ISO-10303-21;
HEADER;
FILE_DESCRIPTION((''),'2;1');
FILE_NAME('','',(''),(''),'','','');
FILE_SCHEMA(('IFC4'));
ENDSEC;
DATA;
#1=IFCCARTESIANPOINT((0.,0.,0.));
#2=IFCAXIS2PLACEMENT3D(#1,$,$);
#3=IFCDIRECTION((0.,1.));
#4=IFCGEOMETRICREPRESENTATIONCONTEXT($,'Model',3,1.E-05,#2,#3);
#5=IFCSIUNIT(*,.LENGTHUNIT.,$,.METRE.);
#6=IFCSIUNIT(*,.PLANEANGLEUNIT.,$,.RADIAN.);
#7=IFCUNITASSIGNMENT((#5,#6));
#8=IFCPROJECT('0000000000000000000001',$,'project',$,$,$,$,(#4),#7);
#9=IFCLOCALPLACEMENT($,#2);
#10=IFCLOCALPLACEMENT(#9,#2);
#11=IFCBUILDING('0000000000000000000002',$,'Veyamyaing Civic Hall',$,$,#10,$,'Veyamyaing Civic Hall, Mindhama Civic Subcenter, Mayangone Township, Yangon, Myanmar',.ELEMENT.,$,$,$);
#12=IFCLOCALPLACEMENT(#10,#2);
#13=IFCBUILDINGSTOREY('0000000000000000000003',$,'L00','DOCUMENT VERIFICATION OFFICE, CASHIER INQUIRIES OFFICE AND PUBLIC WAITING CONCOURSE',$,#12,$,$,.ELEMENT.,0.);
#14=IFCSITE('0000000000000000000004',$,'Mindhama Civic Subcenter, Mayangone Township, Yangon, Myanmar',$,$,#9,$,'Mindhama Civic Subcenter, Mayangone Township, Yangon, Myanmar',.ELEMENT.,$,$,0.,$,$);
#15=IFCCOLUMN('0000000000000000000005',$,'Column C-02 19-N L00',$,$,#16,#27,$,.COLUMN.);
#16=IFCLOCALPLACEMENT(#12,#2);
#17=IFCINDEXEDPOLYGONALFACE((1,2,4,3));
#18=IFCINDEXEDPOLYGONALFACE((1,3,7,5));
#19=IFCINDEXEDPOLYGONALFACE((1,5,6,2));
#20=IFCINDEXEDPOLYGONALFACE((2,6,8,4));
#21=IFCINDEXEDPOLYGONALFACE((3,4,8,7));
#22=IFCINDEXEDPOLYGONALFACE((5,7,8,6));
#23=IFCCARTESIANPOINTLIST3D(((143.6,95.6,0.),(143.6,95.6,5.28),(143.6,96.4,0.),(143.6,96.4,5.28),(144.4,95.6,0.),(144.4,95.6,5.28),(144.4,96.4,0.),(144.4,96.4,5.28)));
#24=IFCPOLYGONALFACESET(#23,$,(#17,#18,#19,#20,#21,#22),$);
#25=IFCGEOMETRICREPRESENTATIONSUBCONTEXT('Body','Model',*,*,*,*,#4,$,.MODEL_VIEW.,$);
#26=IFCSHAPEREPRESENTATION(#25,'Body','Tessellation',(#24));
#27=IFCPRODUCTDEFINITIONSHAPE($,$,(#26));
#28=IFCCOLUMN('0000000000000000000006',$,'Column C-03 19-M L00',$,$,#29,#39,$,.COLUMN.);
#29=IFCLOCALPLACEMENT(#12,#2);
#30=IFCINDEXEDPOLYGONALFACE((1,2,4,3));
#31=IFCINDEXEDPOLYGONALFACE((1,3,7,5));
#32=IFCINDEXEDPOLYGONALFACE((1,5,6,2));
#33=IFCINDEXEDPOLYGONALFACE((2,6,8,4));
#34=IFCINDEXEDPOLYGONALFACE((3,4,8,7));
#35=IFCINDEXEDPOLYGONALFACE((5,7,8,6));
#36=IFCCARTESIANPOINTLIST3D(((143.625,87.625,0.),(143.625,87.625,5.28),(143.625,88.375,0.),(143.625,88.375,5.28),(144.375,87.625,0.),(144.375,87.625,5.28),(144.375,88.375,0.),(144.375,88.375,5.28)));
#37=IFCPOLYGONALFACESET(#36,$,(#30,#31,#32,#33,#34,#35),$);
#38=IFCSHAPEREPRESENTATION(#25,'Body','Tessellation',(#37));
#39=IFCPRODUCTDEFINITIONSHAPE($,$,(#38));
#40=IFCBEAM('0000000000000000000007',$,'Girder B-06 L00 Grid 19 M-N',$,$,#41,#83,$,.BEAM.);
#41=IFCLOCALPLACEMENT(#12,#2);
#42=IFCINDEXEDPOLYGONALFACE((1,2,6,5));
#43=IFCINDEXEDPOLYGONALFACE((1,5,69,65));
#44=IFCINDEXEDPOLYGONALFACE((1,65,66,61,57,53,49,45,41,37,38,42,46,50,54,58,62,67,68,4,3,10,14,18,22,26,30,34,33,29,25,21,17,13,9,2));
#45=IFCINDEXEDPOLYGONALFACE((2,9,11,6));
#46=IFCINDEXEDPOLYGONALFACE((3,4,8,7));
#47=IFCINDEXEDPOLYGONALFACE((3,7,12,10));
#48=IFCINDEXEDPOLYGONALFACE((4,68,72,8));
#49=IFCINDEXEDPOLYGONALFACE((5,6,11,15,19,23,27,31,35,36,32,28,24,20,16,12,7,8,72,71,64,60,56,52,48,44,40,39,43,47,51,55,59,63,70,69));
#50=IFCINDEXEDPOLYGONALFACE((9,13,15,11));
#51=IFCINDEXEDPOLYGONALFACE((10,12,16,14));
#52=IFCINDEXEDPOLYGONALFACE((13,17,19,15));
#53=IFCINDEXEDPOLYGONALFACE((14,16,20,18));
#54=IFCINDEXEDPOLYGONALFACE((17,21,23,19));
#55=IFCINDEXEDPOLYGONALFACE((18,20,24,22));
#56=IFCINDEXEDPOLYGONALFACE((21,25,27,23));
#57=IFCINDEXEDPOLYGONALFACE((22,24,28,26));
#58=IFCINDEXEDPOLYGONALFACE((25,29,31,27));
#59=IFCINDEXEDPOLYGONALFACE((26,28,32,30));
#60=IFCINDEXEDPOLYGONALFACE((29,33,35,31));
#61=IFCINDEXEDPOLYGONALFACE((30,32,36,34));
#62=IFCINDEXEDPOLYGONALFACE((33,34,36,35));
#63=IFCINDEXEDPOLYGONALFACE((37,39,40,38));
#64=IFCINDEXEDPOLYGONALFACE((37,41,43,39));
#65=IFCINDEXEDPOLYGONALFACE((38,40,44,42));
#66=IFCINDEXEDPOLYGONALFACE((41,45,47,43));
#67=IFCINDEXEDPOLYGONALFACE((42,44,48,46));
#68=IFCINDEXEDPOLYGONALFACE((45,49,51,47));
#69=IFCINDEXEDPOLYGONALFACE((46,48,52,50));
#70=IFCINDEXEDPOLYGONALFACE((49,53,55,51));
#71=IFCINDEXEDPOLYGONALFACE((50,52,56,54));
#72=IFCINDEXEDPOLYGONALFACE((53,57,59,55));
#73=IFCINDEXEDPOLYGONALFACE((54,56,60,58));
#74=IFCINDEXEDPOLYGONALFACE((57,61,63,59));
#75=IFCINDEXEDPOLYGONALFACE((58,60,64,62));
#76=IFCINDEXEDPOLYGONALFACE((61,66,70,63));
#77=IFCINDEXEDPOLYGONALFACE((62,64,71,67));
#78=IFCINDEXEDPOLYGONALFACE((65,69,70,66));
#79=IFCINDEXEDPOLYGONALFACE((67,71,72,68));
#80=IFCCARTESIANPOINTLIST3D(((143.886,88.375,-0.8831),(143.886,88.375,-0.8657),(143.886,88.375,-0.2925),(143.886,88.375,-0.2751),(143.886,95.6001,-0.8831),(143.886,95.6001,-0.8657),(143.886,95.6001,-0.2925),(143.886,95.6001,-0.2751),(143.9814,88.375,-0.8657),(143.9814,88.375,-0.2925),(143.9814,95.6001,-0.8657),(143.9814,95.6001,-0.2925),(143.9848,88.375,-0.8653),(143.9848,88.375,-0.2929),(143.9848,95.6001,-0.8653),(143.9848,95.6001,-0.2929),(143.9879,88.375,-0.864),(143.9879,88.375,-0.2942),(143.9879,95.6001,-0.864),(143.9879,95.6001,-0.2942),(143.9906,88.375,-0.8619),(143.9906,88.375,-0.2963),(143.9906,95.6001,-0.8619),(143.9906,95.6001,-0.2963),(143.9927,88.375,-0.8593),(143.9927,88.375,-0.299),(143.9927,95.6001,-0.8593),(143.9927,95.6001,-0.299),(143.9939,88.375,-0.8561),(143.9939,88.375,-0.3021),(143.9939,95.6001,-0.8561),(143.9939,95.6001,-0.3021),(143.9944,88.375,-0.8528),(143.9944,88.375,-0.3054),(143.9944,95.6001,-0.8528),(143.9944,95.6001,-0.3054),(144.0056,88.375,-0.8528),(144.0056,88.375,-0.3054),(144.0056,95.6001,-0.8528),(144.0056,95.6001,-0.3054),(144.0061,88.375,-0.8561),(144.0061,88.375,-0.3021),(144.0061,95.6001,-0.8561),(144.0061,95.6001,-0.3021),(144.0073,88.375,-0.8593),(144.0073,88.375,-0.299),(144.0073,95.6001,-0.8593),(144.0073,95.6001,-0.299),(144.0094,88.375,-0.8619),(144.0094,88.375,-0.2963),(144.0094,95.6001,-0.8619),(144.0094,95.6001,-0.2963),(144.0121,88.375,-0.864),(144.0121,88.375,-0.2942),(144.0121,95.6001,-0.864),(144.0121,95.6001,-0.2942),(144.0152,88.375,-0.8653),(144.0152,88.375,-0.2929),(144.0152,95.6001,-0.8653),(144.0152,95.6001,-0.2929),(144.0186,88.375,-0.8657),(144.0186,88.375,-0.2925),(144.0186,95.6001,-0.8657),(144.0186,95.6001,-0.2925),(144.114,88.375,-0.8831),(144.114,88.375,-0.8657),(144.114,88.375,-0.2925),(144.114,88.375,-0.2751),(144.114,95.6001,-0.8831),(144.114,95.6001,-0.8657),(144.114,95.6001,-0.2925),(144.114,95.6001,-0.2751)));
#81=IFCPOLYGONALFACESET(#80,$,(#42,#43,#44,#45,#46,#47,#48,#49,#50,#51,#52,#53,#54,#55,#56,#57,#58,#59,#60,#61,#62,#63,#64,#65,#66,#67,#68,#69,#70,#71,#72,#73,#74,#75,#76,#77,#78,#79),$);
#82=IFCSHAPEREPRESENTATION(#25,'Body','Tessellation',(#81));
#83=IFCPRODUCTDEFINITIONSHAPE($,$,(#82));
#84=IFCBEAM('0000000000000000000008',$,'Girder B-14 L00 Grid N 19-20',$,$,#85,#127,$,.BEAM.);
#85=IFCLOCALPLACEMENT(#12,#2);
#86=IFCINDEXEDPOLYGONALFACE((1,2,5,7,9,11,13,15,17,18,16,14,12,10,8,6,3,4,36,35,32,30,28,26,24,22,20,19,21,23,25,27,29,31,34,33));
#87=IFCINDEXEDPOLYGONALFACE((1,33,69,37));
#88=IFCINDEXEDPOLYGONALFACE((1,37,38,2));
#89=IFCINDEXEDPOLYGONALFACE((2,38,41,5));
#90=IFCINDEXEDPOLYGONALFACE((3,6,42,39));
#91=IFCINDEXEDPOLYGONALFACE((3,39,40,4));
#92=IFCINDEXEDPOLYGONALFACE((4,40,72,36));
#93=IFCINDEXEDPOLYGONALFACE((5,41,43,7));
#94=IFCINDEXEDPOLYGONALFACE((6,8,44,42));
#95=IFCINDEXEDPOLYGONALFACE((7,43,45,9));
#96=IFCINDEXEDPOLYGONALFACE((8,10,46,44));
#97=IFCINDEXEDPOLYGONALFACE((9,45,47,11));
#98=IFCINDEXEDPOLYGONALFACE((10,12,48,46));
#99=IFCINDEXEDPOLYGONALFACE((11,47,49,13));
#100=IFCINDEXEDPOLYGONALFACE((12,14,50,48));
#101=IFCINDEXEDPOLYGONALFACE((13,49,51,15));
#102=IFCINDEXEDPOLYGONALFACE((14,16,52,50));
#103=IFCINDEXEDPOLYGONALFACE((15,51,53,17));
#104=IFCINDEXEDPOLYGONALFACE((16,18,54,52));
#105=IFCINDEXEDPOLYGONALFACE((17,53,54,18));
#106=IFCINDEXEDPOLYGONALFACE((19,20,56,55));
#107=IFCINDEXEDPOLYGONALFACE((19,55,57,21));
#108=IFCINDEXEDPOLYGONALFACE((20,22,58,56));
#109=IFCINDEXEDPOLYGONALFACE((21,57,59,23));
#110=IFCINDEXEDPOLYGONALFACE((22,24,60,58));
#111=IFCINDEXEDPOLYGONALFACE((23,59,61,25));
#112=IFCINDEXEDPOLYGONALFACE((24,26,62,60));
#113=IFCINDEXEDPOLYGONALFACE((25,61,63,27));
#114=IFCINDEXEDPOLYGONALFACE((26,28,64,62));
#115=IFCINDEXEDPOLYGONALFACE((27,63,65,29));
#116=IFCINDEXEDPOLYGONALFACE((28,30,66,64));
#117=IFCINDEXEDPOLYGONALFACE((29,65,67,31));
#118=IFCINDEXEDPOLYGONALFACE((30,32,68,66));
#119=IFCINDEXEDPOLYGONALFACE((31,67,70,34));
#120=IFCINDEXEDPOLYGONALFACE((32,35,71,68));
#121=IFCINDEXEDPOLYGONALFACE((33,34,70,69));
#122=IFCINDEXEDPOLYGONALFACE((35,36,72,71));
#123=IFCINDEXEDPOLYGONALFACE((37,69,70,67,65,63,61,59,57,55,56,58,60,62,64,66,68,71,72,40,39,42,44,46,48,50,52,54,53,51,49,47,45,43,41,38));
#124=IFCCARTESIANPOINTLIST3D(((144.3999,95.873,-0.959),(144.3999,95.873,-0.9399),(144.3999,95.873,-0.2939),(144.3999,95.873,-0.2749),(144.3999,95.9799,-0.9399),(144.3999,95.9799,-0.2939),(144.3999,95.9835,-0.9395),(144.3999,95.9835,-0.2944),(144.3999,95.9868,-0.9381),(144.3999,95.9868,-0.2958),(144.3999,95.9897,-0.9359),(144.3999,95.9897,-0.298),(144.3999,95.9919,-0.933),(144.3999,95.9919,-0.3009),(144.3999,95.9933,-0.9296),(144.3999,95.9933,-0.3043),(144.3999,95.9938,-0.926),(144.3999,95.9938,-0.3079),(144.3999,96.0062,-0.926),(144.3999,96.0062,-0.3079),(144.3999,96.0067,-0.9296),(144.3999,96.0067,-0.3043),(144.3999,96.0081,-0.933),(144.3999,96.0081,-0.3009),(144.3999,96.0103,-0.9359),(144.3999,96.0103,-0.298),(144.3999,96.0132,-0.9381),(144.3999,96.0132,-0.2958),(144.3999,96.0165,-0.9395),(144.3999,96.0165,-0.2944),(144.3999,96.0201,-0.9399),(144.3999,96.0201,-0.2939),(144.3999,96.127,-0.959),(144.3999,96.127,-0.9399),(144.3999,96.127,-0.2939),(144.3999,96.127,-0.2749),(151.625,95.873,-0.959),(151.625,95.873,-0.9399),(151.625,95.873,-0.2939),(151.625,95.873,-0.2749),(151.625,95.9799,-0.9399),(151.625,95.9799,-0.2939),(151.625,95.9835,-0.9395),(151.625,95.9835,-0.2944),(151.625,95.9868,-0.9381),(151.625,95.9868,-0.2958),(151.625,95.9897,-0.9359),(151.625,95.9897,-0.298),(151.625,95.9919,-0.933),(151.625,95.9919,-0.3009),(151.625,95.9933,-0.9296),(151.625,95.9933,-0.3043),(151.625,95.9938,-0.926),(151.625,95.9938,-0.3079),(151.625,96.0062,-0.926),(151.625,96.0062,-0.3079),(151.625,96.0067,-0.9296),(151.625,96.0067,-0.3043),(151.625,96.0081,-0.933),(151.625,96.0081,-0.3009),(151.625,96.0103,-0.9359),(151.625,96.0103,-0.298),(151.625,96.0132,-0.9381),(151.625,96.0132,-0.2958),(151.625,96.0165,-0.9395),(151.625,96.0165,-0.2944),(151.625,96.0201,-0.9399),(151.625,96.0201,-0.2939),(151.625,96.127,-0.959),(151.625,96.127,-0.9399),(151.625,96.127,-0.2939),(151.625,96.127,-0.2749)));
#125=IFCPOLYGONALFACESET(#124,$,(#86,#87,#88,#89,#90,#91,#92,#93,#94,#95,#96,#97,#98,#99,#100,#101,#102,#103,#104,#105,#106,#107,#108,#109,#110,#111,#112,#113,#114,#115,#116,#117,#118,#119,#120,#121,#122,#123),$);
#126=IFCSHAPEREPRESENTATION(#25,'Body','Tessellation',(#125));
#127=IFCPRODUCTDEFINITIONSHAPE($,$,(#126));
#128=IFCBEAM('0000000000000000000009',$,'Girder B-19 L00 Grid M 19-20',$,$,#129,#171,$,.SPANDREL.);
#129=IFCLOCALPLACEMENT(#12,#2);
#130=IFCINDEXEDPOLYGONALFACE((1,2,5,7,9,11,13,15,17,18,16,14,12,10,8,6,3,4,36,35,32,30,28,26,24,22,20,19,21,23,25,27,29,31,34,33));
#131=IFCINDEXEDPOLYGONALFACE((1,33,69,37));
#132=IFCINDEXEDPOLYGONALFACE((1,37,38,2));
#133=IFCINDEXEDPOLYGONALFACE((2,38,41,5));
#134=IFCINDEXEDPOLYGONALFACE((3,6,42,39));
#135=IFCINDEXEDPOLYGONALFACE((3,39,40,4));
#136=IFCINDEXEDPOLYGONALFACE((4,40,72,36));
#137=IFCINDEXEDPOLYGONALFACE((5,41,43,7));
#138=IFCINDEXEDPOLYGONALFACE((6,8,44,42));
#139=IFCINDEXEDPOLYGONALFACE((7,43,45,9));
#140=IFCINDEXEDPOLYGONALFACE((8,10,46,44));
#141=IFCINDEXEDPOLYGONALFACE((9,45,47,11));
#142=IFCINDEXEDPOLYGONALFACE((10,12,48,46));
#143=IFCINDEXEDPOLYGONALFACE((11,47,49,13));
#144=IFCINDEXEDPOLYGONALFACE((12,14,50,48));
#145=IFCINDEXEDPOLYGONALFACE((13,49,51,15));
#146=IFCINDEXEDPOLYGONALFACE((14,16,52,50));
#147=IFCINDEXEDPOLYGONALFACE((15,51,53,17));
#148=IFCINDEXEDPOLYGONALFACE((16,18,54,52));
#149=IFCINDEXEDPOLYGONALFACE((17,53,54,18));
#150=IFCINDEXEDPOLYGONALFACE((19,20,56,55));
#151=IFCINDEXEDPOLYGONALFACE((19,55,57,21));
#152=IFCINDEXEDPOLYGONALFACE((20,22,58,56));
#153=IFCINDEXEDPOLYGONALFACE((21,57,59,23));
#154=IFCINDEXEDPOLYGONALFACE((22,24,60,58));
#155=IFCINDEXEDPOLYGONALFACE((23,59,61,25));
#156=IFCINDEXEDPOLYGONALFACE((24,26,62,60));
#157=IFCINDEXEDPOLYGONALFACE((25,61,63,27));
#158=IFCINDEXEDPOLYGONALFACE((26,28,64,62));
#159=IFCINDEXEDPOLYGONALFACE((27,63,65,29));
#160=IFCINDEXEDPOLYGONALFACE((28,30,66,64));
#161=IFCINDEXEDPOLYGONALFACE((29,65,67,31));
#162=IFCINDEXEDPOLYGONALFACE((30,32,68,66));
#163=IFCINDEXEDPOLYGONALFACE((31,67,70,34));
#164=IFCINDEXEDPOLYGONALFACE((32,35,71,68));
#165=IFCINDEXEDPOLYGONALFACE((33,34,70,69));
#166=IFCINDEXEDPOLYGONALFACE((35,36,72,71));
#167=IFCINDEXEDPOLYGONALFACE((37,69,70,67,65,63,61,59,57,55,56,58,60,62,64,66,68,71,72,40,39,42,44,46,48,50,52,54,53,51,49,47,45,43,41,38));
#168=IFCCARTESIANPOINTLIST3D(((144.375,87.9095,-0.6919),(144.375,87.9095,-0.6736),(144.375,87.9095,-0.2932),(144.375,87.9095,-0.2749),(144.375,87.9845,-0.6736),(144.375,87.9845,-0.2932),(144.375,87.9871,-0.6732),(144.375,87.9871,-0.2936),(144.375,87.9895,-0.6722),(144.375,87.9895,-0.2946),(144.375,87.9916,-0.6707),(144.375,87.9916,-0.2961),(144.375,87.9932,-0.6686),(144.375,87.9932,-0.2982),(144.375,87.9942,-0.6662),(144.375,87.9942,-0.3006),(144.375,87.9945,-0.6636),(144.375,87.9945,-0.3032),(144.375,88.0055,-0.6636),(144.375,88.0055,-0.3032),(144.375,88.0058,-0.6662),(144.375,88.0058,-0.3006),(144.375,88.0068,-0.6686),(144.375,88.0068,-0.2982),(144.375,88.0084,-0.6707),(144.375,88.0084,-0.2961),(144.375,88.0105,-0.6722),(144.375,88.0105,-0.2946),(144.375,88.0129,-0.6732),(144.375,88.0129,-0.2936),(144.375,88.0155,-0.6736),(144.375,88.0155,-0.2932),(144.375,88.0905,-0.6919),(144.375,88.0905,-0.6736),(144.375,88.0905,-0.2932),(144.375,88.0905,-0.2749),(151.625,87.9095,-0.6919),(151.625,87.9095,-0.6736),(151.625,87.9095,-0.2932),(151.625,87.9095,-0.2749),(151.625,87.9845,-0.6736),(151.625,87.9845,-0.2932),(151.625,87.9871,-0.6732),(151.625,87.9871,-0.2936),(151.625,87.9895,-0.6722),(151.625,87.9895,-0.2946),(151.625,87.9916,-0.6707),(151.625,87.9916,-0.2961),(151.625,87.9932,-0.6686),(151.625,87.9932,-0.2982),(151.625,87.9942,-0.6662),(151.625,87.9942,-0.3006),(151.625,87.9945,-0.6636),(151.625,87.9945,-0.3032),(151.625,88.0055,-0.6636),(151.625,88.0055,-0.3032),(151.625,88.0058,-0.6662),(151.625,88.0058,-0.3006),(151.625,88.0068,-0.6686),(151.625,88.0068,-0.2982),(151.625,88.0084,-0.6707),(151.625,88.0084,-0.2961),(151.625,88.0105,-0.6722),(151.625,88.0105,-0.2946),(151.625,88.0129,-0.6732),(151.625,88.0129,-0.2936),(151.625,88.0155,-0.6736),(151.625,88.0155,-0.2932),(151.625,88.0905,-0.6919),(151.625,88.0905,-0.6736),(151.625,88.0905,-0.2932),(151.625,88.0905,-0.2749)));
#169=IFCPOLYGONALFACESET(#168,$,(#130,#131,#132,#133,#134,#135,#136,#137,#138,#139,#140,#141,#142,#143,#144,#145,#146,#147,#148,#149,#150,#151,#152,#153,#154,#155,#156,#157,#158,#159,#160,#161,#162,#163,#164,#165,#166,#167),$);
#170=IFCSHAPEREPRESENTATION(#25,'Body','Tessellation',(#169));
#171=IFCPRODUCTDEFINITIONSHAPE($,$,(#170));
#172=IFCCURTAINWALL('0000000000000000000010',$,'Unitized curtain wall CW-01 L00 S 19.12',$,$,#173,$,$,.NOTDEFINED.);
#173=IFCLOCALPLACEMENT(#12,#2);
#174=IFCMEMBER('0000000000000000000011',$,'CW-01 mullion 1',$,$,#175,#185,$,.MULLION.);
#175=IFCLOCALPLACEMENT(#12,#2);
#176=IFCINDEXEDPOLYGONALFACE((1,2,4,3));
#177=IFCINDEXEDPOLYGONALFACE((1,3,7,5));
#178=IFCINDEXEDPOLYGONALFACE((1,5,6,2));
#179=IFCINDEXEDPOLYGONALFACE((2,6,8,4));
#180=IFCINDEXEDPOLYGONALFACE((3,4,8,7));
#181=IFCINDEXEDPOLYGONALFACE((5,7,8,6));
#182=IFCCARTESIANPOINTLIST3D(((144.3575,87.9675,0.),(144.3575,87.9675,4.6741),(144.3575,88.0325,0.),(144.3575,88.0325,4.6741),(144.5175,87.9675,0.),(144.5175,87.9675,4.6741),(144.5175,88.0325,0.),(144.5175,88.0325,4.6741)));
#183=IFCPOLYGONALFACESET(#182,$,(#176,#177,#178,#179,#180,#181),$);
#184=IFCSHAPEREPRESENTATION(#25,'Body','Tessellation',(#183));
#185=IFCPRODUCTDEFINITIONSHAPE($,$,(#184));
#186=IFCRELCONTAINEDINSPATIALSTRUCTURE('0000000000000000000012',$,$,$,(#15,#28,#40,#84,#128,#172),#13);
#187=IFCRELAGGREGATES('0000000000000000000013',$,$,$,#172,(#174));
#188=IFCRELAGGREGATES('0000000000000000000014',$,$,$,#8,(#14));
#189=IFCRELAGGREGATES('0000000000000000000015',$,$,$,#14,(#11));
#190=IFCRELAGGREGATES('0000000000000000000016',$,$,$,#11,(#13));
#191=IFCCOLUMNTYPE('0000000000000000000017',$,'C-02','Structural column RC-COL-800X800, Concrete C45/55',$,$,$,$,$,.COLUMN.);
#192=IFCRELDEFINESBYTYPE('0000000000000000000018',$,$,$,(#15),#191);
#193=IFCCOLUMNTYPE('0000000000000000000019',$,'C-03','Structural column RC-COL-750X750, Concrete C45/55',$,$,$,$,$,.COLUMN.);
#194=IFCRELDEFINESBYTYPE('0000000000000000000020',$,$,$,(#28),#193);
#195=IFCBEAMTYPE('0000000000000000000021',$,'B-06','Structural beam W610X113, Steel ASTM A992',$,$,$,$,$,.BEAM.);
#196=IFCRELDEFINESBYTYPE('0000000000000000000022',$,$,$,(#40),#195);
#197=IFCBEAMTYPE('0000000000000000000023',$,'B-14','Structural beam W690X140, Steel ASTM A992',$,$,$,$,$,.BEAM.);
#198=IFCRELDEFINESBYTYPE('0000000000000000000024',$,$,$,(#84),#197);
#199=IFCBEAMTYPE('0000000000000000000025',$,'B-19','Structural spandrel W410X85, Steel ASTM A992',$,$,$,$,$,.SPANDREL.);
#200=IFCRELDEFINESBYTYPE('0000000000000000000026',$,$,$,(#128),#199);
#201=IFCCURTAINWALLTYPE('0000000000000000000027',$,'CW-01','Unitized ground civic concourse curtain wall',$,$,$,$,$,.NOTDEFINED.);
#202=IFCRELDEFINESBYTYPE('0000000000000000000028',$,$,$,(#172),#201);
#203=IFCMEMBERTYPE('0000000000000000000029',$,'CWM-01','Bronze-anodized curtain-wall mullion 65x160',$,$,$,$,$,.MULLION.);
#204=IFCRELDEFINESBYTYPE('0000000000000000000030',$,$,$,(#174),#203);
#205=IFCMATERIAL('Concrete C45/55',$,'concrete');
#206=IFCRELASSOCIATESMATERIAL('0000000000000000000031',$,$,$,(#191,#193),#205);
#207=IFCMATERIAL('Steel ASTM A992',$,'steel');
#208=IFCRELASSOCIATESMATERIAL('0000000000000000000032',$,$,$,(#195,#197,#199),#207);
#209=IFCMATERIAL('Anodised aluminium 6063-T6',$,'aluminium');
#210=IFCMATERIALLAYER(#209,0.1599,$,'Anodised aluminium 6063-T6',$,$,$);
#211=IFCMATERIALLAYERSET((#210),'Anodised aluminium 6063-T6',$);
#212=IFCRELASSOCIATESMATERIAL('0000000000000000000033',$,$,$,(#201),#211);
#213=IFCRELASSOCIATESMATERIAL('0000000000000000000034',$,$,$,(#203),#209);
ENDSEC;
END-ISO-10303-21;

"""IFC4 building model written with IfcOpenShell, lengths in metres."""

from ifc_helpers import new_model, si_unit, direction, frame, origin, origin_2d, place, context, subcontext, project, spatial, rectangle, i_section, extrude, material, layer, layer_set, material_profile, profile_set, type_object, element, aggregate, save


model = new_model("IFC4")

# Units and contexts
model_context = context("Model", 3, precision=1e-05, world=origin(), true_north=direction((0.0, 1.0)))
body_context = subcontext(model_context, "Body", "Model", "MODEL_VIEW")
ifc_project = project(units=[si_unit("LENGTHUNIT", "METRE"), si_unit("PLANEANGLEUNIT", "RADIAN")], contexts=[model_context])

# Site, building, storey
site_placement = place(None, origin())
site = spatial("IfcSite", under=ifc_project, at=site_placement, Name="Mindhama Civic Subcenter, Mayangone Township, Yangon, Myanmar", LongName="Mindhama Civic Subcenter, Mayangone Township, Yangon, Myanmar", CompositionType="ELEMENT", RefElevation=0.0)
building_placement = place(site_placement, origin())
building = spatial("IfcBuilding", under=site, at=building_placement, Name="Veyamyaing Civic Hall", LongName="Veyamyaing Civic Hall, Mindhama Civic Subcenter, Mayangone Township, Yangon, Myanmar", CompositionType="ELEMENT")
storey_placement = place(building_placement, origin())
storey = spatial("IfcBuildingStorey", under=building, at=storey_placement, Name="L00", Description="DOCUMENT VERIFICATION OFFICE, CASHIER INQUIRIES OFFICE AND PUBLIC WAITING CONCOURSE", CompositionType="ELEMENT", Elevation=0.0)

# Columns
ifc_material_1 = material(Name="Concrete C45/55", Category="concrete")
ifc_material_profile_1 = material_profile(ifc_material_1, rectangle(XDim=0.8, YDim=0.8, at=origin_2d()), Name="RC-COL-800X800")
ifc_profile_set_1 = profile_set([ifc_material_profile_1], Name="Concrete C45/55")
column_type_1 = type_object("IfcColumnType", Name="C-02", Description="Structural column RC-COL-800X800, Concrete C45/55", PredefinedType="COLUMN", material=ifc_profile_set_1)
column_1_placement = place(storey_placement, frame((144.0, 96.0, 0.0), z_axis=(0.0, 0.0, 1.0), x_axis=(1.0, 0.0, 0.0)))
element("IfcColumn", 1, at=column_1_placement, inside=storey, type_object=column_type_1, Name="Column C-02 19-N L00", PredefinedType="COLUMN", context=body_context, shape_type="SweptSolid", body=[
    extrude(rectangle(XDim=0.8, YDim=0.8, at=origin_2d()), origin(), (0.0, 0.0, 1.0), 5.28),
])
ifc_material_profile_2 = material_profile(ifc_material_1, rectangle(XDim=0.75, YDim=0.75, at=origin_2d()), Name="RC-COL-750X750")
ifc_profile_set_2 = profile_set([ifc_material_profile_2], Name="Concrete C45/55")
column_type_2 = type_object("IfcColumnType", Name="C-03", Description="Structural column RC-COL-750X750, Concrete C45/55", PredefinedType="COLUMN", material=ifc_profile_set_2)
column_2_placement = place(storey_placement, frame((144.0, 88.0, 0.0), z_axis=(0.0, 0.0, 1.0), x_axis=(1.0, 0.0, 0.0)))
element("IfcColumn", 2, at=column_2_placement, inside=storey, type_object=column_type_2, Name="Column C-03 19-M L00", PredefinedType="COLUMN", context=body_context, shape_type="SweptSolid", body=[
    extrude(rectangle(XDim=0.75, YDim=0.75, at=origin_2d()), origin(), (0.0, 0.0, 1.0), 5.28),
])

# Beams
ifc_material_2 = material(Name="Steel ASTM A992", Category="steel")
ifc_material_profile_3 = material_profile(ifc_material_2, i_section(OverallWidth=0.228, OverallDepth=0.6079, WebThickness=0.0112, FlangeThickness=0.0173, FilletRadius=0.0129, at=origin_2d()), Name="W610X113")
ifc_profile_set_3 = profile_set([ifc_material_profile_3], Name="Steel ASTM A992")
beam_type_1 = type_object("IfcBeamType", Name="B-06", Description="Structural beam W610X113, Steel ASTM A992", PredefinedType="BEAM", material=ifc_profile_set_3)
beam_1_placement = place(storey_placement, frame((144.0, 88.375, -0.5791), z_axis=(0.0, 1.0, 0.0), x_axis=(-1.0, 0.0, 0.0)))
element("IfcBeam", 3, at=beam_1_placement, inside=storey, type_object=beam_type_1, Name="Girder B-06 L00 Grid 19 M-N", PredefinedType="BEAM", context=body_context, shape_type="SweptSolid", body=[
    extrude(i_section(OverallWidth=0.228, OverallDepth=0.6079, WebThickness=0.0112, FlangeThickness=0.0173, FilletRadius=0.0129, at=origin_2d()), origin(), (0.0, 0.0, 1.0), 7.2251),
])
ifc_material_profile_4 = material_profile(ifc_material_2, i_section(OverallWidth=0.2539, OverallDepth=0.6841, WebThickness=0.0125, FlangeThickness=0.019, FilletRadius=0.0139, at=origin_2d()), Name="W690X140")
ifc_profile_set_4 = profile_set([ifc_material_profile_4], Name="Steel ASTM A992")
beam_type_2 = type_object("IfcBeamType", Name="B-14", Description="Structural beam W690X140, Steel ASTM A992", PredefinedType="BEAM", material=ifc_profile_set_4)
beam_2_placement = place(storey_placement, frame((144.3999, 96.0, -0.6169), z_axis=(1.0, 0.0, 0.0), x_axis=(0.0, 1.0, 0.0)))
element("IfcBeam", 4, at=beam_2_placement, inside=storey, type_object=beam_type_2, Name="Girder B-14 L00 Grid N 19-20", PredefinedType="BEAM", context=body_context, shape_type="SweptSolid", body=[
    extrude(i_section(OverallWidth=0.2539, OverallDepth=0.6841, WebThickness=0.0125, FlangeThickness=0.019, FilletRadius=0.0139, at=origin_2d()), origin(), (0.0, 0.0, 1.0), 7.2251),
])
ifc_material_profile_5 = material_profile(ifc_material_2, i_section(OverallWidth=0.1809, OverallDepth=0.417, WebThickness=0.011, FlangeThickness=0.0183, FilletRadius=0.01, at=origin_2d()), Name="W410X85")
ifc_profile_set_5 = profile_set([ifc_material_profile_5], Name="Steel ASTM A992")
beam_type_3 = type_object("IfcBeamType", Name="B-19", Description="Structural spandrel W410X85, Steel ASTM A992", PredefinedType="SPANDREL", material=ifc_profile_set_5)
beam_3_placement = place(storey_placement, frame((144.375, 88.0, -0.4834), z_axis=(1.0, 0.0, 0.0), x_axis=(0.0, 1.0, 0.0)))
element("IfcBeam", 5, at=beam_3_placement, inside=storey, type_object=beam_type_3, Name="Girder B-19 L00 Grid M 19-20", PredefinedType="SPANDREL", context=body_context, shape_type="SweptSolid", body=[
    extrude(i_section(OverallWidth=0.1809, OverallDepth=0.417, WebThickness=0.011, FlangeThickness=0.0183, FilletRadius=0.01, at=origin_2d()), origin(), (0.0, 0.0, 1.0), 7.25),
])

# Curtain wall, member
ifc_material_3 = material(Name="Anodised aluminium 6063-T6", Category="aluminium")
ifc_layer_1 = layer(ifc_material_3, 0.1599, Name="Anodised aluminium 6063-T6")
ifc_layer_set_1 = layer_set([ifc_layer_1], Name="Anodised aluminium 6063-T6")
curtain_wall_type = type_object("IfcCurtainWallType", Name="CW-01", Description="Unitized ground civic concourse curtain wall", PredefinedType="NOTDEFINED", material=ifc_layer_set_1)
curtain_wall_placement = place(storey_placement, origin())
curtain_wall = element("IfcCurtainWall", 6, at=curtain_wall_placement, inside=storey, type_object=curtain_wall_type, Name="Unitized curtain wall CW-01 L00 S 19.12", PredefinedType="NOTDEFINED")
ifc_material_profile_6 = material_profile(ifc_material_3, rectangle(XDim=0.0649, YDim=0.1599, at=origin_2d()), Name="ALU-MUL-65X160")
ifc_profile_set_6 = profile_set([ifc_material_profile_6], Name="Anodised aluminium 6063-T6")
member_type_1 = type_object("IfcMemberType", Name="CWM-01", Description="Bronze-anodized curtain-wall mullion 65x160", PredefinedType="MULLION", material=ifc_profile_set_6)
member_1_placement = place(storey_placement, frame((144.4375, 88.0, 0.0), z_axis=(0.0, 0.0, 1.0), x_axis=(0.0, 1.0, 0.0)))
member_1 = element("IfcMember", 7, at=member_1_placement, type_object=member_type_1, Name="CW-01 mullion 1", PredefinedType="MULLION", context=body_context, shape_type="SweptSolid", body=[
    extrude(rectangle(XDim=0.0649, YDim=0.1599, at=origin_2d()), origin(), (0.0, 0.0, 1.0), 4.6741),
])

aggregate(curtain_wall, [member_1])

save(model, "model.ifc")
